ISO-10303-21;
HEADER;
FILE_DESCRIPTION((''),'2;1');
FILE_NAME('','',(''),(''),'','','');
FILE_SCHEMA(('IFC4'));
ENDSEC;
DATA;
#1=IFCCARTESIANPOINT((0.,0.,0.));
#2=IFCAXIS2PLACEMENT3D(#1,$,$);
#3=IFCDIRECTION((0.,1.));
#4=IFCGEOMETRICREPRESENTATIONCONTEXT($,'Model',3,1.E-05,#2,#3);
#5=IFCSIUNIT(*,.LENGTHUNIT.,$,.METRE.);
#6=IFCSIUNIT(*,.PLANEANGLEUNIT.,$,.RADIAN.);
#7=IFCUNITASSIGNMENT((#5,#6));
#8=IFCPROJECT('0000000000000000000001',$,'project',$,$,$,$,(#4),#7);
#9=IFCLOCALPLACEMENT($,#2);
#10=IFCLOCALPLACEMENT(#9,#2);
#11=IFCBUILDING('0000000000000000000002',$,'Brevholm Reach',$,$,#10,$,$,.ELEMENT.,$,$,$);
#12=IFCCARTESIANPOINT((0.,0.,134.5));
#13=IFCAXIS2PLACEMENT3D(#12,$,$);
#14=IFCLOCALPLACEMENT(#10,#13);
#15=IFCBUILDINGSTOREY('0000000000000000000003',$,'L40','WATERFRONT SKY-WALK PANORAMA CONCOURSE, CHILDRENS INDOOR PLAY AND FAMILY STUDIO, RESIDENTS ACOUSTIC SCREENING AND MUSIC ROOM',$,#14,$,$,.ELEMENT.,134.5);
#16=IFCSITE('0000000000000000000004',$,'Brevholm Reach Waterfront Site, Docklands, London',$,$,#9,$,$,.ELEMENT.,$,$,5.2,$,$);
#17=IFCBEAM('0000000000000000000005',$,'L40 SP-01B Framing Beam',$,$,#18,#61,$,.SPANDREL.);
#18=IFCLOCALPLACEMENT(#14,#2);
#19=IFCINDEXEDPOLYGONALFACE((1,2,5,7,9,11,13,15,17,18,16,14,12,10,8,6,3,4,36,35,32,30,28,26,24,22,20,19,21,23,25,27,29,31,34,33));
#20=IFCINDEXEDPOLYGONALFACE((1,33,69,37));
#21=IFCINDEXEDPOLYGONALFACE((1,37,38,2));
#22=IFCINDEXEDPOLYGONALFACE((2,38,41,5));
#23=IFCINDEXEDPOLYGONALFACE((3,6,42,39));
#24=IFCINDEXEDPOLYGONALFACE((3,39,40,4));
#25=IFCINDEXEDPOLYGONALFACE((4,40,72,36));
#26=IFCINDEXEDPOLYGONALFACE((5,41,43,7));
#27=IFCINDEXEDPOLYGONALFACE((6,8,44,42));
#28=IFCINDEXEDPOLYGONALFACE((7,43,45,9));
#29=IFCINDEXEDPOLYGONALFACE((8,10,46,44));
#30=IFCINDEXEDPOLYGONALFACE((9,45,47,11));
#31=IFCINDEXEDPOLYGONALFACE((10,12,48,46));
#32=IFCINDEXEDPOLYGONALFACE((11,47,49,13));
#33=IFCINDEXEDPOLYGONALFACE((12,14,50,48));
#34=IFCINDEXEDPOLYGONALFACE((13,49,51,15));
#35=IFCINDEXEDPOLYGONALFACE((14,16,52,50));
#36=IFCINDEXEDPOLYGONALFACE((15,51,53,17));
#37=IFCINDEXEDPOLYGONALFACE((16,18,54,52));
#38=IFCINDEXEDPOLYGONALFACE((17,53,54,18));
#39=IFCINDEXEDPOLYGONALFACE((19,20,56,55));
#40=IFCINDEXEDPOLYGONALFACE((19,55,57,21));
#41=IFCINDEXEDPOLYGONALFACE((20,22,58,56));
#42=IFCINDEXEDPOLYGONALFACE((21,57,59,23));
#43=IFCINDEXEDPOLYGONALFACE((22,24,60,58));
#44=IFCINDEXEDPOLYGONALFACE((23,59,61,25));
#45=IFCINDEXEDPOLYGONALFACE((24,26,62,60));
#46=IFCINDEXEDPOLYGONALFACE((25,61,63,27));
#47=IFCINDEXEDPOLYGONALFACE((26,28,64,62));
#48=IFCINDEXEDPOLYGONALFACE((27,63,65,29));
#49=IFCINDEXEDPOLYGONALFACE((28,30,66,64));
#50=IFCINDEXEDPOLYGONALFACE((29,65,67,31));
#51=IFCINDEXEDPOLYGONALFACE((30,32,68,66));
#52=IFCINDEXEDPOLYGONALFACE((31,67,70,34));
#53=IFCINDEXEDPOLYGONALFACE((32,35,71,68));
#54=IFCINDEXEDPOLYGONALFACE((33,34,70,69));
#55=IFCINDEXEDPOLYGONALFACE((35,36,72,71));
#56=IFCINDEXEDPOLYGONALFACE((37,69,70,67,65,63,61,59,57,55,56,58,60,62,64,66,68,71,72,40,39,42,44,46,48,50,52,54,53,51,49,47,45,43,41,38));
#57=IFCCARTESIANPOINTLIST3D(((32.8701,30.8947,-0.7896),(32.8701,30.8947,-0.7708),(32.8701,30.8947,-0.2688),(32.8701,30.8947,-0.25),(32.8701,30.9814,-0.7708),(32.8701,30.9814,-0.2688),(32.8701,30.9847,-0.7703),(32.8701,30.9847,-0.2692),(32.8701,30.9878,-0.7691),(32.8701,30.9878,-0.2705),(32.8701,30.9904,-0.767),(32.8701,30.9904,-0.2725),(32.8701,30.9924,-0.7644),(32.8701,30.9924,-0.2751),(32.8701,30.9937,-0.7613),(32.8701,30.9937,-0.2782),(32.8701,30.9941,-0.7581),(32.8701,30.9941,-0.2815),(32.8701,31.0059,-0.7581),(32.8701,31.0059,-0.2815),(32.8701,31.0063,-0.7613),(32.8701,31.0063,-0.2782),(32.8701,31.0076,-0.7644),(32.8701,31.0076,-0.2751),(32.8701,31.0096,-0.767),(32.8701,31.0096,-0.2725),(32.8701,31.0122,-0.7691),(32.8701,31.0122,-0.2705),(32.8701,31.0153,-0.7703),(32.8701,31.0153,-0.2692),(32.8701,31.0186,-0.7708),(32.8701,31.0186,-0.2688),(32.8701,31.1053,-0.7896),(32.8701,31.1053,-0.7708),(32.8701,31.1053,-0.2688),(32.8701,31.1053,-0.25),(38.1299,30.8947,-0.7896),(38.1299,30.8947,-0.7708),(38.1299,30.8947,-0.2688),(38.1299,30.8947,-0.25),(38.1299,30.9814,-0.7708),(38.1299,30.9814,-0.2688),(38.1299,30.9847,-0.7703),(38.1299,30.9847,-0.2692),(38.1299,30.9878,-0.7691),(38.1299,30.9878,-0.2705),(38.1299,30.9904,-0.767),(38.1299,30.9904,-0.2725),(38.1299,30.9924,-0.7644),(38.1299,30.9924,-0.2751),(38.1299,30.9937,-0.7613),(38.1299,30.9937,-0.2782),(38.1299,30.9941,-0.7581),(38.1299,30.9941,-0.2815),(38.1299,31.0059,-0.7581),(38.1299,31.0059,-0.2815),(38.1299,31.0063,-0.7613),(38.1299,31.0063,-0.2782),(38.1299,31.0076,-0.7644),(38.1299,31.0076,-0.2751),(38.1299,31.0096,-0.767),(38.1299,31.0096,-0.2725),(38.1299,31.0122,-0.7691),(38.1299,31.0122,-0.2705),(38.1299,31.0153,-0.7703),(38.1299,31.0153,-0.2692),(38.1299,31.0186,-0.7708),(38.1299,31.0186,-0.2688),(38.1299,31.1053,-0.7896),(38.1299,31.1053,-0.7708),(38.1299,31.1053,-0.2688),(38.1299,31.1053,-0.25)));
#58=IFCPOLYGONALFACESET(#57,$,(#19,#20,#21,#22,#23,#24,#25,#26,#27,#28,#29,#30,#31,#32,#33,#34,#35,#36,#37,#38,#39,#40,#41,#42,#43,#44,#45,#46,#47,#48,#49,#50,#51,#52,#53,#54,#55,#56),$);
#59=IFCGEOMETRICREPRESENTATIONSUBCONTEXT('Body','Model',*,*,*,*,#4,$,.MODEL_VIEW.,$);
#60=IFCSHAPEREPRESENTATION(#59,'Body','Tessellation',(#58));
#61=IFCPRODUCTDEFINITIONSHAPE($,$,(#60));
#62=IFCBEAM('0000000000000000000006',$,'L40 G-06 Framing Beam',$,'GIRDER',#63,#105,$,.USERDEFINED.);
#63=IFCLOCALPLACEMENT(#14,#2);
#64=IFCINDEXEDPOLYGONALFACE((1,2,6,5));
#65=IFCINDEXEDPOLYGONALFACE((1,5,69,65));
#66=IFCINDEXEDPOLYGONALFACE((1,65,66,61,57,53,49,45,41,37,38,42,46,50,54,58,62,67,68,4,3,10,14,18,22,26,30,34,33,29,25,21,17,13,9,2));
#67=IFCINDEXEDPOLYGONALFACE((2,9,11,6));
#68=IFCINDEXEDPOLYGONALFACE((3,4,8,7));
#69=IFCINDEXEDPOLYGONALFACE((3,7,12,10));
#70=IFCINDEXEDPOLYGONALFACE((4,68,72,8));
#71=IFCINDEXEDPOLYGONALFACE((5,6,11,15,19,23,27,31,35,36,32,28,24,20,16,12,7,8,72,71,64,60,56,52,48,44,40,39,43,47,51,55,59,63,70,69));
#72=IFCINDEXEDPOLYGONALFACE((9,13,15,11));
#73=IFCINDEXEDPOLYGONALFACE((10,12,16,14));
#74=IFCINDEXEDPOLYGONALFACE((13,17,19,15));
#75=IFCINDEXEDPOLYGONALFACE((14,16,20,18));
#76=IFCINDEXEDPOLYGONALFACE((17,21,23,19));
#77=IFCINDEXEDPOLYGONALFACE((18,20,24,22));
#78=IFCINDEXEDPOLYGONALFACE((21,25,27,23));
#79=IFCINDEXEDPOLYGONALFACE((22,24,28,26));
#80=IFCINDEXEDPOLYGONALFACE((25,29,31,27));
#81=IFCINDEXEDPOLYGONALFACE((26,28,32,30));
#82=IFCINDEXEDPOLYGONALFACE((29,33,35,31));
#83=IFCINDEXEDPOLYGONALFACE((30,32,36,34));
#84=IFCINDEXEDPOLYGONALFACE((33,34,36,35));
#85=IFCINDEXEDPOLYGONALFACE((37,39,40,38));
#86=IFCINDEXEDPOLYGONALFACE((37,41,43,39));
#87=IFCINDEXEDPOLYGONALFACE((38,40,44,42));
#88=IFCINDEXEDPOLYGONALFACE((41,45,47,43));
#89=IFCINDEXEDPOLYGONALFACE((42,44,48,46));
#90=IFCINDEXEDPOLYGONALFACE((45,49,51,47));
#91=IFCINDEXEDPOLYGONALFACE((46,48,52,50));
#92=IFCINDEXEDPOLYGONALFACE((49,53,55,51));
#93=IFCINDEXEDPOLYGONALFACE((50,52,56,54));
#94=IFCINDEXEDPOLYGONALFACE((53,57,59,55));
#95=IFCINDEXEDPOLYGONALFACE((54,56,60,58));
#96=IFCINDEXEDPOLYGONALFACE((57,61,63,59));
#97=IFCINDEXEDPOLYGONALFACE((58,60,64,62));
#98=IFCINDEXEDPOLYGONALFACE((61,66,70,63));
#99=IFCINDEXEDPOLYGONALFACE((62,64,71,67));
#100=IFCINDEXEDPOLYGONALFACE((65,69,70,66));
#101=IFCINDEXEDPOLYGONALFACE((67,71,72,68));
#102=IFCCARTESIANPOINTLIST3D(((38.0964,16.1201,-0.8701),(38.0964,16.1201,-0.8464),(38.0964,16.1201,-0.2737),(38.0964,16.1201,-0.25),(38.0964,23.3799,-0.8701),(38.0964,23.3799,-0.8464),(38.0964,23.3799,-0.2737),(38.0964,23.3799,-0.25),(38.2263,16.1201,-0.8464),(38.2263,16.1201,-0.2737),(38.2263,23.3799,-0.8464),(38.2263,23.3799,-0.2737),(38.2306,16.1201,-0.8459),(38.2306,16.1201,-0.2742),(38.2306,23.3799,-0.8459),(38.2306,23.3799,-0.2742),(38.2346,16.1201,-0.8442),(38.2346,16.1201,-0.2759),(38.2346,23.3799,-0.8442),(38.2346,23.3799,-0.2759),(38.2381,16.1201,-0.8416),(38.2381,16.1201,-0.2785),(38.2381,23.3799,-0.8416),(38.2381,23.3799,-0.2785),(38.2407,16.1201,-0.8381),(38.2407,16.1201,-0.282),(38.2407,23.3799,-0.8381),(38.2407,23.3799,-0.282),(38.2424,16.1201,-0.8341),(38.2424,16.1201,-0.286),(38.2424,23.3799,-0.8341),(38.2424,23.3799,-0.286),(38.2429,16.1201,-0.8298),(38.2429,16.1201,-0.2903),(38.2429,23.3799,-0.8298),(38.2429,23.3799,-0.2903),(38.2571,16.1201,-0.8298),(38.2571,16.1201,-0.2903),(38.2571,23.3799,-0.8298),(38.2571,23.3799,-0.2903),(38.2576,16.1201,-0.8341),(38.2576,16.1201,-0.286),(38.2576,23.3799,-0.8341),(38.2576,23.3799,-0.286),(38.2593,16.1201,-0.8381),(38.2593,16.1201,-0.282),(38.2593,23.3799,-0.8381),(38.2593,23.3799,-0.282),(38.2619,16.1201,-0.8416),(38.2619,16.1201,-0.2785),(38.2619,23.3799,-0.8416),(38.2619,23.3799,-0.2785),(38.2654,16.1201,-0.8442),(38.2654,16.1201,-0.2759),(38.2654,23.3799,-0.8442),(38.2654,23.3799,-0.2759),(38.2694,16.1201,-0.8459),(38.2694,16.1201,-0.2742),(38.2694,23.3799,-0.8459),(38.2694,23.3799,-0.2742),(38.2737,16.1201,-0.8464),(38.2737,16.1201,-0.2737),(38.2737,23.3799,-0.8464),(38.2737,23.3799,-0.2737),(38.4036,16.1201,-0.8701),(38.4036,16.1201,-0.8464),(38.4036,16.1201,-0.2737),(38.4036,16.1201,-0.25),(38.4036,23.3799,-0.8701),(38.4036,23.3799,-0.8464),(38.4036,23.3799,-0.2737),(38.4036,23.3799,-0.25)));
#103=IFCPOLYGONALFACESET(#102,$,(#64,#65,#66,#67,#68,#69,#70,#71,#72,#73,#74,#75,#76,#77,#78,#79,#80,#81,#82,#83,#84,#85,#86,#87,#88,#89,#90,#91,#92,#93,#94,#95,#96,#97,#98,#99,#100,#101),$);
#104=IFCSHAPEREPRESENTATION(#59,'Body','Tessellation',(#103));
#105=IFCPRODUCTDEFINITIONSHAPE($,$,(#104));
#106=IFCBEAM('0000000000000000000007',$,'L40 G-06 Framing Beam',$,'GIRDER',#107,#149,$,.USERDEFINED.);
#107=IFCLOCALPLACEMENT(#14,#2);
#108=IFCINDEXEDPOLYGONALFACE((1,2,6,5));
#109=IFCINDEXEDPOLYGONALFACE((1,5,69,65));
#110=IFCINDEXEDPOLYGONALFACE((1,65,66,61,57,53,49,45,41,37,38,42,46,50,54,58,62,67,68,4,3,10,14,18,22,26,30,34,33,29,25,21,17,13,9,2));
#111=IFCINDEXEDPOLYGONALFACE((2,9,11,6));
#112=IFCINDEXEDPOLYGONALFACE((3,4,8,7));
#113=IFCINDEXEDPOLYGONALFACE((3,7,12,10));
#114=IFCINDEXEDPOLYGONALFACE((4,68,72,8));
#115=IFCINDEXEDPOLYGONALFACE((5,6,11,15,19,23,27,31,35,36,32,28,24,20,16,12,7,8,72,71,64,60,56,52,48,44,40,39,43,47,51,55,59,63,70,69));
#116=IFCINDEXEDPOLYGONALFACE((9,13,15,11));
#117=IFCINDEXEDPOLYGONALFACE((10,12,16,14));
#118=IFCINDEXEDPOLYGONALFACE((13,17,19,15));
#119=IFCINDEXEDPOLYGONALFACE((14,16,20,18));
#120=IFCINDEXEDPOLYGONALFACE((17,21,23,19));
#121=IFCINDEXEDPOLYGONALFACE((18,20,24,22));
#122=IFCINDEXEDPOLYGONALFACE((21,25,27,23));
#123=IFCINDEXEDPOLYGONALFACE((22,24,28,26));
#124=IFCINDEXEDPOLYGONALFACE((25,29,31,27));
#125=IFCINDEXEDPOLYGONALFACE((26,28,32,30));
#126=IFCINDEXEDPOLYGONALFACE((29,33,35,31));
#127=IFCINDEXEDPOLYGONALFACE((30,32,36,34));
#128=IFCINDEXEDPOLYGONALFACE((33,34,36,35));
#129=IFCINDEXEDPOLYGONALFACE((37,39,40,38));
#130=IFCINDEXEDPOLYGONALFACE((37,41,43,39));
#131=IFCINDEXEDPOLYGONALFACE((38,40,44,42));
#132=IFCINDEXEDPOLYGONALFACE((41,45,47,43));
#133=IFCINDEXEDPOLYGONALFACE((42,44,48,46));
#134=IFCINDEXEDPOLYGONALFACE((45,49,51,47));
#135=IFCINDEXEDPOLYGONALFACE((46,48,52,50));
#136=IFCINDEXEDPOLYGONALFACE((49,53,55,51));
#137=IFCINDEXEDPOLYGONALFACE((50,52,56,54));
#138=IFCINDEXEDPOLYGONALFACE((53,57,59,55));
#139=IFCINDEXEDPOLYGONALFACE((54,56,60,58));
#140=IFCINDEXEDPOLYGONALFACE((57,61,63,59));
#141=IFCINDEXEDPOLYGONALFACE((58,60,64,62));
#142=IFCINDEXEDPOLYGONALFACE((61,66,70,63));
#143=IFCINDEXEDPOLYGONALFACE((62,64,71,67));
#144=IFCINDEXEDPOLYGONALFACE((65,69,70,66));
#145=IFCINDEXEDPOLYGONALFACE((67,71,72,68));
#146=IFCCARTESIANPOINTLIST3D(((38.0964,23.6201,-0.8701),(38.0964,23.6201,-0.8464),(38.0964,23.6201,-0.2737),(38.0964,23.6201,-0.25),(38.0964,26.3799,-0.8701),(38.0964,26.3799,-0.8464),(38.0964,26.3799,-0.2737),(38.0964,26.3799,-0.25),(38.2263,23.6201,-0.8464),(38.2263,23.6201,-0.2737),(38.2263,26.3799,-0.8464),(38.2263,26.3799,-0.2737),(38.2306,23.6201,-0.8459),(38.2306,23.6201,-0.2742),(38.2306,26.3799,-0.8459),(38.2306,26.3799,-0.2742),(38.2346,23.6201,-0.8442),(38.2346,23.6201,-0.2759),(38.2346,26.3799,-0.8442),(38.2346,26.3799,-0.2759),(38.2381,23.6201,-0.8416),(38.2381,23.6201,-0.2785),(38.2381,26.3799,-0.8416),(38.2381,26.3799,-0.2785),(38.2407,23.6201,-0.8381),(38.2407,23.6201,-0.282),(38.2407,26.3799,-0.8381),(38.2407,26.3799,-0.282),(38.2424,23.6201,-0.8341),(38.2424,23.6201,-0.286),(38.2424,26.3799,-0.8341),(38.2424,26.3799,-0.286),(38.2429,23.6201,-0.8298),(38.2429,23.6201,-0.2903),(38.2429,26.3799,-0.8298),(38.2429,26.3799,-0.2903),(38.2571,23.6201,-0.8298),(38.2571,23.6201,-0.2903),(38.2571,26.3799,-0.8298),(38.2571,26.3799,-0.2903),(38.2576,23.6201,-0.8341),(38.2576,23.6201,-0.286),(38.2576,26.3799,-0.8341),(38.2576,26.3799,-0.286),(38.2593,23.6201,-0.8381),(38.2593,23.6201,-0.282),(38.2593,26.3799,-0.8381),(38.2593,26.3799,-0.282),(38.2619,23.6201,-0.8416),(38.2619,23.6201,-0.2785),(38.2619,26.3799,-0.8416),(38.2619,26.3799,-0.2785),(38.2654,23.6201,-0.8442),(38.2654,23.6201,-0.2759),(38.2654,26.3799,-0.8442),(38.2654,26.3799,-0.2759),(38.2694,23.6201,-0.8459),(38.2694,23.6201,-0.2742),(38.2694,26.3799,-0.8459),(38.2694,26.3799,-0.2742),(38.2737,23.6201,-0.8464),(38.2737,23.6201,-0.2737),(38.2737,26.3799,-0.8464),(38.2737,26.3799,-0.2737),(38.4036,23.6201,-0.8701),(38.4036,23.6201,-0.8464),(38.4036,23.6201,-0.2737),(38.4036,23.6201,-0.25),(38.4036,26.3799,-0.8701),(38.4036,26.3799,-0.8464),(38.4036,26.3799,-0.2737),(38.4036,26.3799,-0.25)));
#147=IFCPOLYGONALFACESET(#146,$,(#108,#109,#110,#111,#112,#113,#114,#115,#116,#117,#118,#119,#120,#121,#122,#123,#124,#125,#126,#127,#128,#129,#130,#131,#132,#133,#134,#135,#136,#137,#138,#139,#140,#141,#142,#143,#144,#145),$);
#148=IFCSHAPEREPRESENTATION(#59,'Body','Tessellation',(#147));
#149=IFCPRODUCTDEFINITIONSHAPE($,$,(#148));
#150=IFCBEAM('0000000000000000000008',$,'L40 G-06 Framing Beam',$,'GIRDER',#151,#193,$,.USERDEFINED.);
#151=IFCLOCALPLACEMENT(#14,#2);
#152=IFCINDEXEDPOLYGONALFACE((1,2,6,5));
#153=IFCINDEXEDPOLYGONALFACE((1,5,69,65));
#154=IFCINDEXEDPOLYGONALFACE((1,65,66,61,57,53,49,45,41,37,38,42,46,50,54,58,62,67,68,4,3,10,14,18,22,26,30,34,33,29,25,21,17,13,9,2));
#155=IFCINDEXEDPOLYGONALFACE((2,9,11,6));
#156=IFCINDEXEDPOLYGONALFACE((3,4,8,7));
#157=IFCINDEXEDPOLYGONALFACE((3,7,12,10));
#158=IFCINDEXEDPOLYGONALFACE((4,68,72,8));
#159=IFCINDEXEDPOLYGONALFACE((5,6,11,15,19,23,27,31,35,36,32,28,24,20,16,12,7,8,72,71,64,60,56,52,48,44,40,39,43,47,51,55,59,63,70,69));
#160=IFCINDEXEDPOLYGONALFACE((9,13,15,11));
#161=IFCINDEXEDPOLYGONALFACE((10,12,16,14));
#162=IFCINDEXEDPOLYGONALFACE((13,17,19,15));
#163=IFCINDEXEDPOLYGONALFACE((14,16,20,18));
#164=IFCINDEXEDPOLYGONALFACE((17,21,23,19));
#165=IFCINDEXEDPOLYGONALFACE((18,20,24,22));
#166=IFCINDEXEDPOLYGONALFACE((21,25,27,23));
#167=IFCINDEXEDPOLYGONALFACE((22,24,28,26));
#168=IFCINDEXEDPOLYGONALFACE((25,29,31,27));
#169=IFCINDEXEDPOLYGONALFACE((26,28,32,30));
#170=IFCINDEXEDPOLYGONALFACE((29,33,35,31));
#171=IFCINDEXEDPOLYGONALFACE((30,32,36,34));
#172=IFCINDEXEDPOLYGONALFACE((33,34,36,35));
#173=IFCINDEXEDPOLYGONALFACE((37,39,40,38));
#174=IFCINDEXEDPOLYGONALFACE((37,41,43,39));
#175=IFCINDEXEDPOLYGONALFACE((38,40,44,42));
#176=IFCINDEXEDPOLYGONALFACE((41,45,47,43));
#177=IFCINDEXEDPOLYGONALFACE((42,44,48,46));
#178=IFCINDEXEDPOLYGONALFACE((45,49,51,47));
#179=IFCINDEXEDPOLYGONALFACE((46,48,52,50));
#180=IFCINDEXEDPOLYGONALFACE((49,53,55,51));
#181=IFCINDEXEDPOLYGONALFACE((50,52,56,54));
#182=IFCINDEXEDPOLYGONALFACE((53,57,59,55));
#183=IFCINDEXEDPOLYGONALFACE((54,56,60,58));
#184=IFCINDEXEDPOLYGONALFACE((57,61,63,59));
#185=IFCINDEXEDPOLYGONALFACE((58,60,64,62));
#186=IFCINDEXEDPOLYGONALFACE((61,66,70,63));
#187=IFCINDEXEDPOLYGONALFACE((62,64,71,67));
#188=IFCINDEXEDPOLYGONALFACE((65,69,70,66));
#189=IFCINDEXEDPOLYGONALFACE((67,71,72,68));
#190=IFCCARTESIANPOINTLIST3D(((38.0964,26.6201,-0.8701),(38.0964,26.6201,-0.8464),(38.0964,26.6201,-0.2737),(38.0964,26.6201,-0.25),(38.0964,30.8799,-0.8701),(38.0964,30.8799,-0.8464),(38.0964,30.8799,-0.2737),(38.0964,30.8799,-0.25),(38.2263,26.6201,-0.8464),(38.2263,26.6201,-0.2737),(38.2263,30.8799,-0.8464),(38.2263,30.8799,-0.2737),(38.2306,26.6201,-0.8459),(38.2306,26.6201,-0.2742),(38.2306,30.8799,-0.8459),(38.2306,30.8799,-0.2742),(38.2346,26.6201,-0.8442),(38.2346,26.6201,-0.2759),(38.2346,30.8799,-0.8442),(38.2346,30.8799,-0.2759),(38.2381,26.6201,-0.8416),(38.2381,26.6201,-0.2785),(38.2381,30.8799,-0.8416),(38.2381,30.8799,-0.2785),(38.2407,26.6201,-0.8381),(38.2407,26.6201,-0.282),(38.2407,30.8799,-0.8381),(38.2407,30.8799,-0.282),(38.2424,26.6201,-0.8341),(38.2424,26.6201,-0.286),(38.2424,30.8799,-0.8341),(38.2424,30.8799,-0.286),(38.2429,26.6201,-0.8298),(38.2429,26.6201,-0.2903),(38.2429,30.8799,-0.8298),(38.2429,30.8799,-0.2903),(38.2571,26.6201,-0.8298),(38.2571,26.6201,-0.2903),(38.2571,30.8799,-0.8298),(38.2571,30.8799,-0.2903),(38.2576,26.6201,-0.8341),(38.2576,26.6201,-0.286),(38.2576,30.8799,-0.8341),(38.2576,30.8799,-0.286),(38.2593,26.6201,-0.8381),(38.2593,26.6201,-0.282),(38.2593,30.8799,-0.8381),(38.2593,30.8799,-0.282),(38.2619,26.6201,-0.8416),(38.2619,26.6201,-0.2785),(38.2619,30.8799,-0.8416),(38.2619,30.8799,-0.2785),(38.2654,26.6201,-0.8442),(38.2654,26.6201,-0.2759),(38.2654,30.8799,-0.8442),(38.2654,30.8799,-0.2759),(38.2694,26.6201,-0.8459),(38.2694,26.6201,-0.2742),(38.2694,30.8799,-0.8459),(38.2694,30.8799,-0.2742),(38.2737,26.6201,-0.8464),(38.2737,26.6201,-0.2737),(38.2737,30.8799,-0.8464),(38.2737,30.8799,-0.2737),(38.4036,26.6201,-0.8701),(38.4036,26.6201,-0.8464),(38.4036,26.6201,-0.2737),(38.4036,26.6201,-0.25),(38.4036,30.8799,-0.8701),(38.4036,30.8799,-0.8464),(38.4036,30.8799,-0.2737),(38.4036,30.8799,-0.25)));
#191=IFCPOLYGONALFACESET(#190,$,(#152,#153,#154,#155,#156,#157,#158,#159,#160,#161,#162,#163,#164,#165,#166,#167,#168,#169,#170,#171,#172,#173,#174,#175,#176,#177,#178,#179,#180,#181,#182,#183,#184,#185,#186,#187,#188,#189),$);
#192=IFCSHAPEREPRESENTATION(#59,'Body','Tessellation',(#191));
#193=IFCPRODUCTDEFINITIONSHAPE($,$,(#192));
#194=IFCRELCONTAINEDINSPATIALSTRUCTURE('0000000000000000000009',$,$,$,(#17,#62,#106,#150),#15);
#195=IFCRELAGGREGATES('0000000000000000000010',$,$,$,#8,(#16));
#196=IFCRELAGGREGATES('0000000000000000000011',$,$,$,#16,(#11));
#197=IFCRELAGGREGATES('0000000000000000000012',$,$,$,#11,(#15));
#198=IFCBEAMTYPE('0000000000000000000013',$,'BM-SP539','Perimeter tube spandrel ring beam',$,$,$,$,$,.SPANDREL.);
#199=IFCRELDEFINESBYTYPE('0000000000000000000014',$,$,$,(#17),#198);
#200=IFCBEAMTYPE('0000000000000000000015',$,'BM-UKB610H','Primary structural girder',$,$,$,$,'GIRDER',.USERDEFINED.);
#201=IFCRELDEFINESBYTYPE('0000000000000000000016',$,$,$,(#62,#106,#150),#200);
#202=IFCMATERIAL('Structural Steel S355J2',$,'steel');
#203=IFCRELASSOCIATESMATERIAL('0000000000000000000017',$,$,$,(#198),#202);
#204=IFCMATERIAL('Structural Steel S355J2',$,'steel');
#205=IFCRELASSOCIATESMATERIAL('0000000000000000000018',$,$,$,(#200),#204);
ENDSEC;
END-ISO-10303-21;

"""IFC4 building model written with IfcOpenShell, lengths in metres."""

from ifc_helpers import new_model, si_unit, direction, frame, origin, origin_2d, place, context, subcontext, project, spatial, i_section, extrude, material, material_profile, profile_set, type_object, element, save


model = new_model("IFC4")

# Units and contexts
model_context = context("Model", 3, precision=1e-05, world=origin(), true_north=direction((0.0, 1.0)))
body_context = subcontext(model_context, "Body", "Model", "MODEL_VIEW")
ifc_project = project(units=[si_unit("LENGTHUNIT", "METRE"), si_unit("PLANEANGLEUNIT", "RADIAN")], contexts=[model_context])

# Site, building, storey
site_placement = place(None, origin())
site = spatial("IfcSite", under=ifc_project, at=site_placement, Name="Brevholm Reach Waterfront Site, Docklands, London", CompositionType="ELEMENT", RefElevation=5.2)
building_placement = place(site_placement, origin())
building = spatial("IfcBuilding", under=site, at=building_placement, Name="Brevholm Reach", CompositionType="ELEMENT")
storey_placement = place(building_placement, frame((0.0, 0.0, 134.5)))
storey = spatial("IfcBuildingStorey", under=building, at=storey_placement, Name="L40", Description="WATERFRONT SKY-WALK PANORAMA CONCOURSE, CHILDRENS INDOOR PLAY AND FAMILY STUDIO, RESIDENTS ACOUSTIC SCREENING AND MUSIC ROOM", CompositionType="ELEMENT", Elevation=134.5)

# Beams
ifc_material_1 = material(Name="Structural Steel S355J2", Category="steel")
ifc_material_profile_1 = material_profile(ifc_material_1, i_section(OverallWidth=0.2107, OverallDepth=0.5396, WebThickness=0.0117, FlangeThickness=0.0188, FilletRadius=0.0127, at=origin_2d()), Name="UKB 533x210x109")
ifc_profile_set_1 = profile_set([ifc_material_profile_1], Name="Structural Steel S355J2")
beam_type_1 = type_object("IfcBeamType", Name="BM-SP539", Description="Perimeter tube spandrel ring beam", PredefinedType="SPANDREL", material=ifc_profile_set_1)
beam_1_placement = place(storey_placement, frame((32.8701, 31.0, -0.5198), z_axis=(1.0, 0.0, 0.0), x_axis=(0.0, 1.0, 0.0)))
element("IfcBeam", 1, at=beam_1_placement, inside=storey, type_object=beam_type_1, Name="L40 SP-01B Framing Beam", PredefinedType="SPANDREL", context=body_context, shape_type="SweptSolid", body=[
    extrude(i_section(OverallWidth=0.2107, OverallDepth=0.5396, WebThickness=0.0117, FlangeThickness=0.0188, FilletRadius=0.0127, at=origin_2d()), origin(), (0.0, 0.0, 1.0), 5.2598),
])
ifc_material_2 = material(Name="Structural Steel S355J2", Category="steel")
ifc_material_profile_2 = material_profile(ifc_material_2, i_section(OverallWidth=0.3071, OverallDepth=0.6201, WebThickness=0.0142, FlangeThickness=0.0237, FilletRadius=0.0166, at=origin_2d()), Name="UKB 610x305x179")
ifc_profile_set_2 = profile_set([ifc_material_profile_2], Name="Structural Steel S355J2")
beam_type_2 = type_object("IfcBeamType", Name="BM-UKB610H", Description="Primary structural girder", ElementType="GIRDER", PredefinedType="USERDEFINED", material=ifc_profile_set_2)
beam_2_placement = place(storey_placement, frame((38.25, 16.1201, -0.5601), z_axis=(0.0, 1.0, 0.0), x_axis=(-1.0, 0.0, 0.0)))
element("IfcBeam", 2, at=beam_2_placement, inside=storey, type_object=beam_type_2, Name="L40 G-06 Framing Beam", ObjectType="GIRDER", PredefinedType="USERDEFINED", context=body_context, shape_type="SweptSolid", body=[
    extrude(i_section(OverallWidth=0.3071, OverallDepth=0.6201, WebThickness=0.0142, FlangeThickness=0.0237, FilletRadius=0.0166, at=origin_2d()), origin(), (0.0, 0.0, 1.0), 7.2598),
])
beam_3_placement = place(storey_placement, frame((38.25, 23.6201, -0.5601), z_axis=(0.0, 1.0, 0.0), x_axis=(-1.0, 0.0, 0.0)))
element("IfcBeam", 3, at=beam_3_placement, inside=storey, type_object=beam_type_2, Name="L40 G-06 Framing Beam", ObjectType="GIRDER", PredefinedType="USERDEFINED", context=body_context, shape_type="SweptSolid", body=[
    extrude(i_section(OverallWidth=0.3071, OverallDepth=0.6201, WebThickness=0.0142, FlangeThickness=0.0237, FilletRadius=0.0166, at=origin_2d()), origin(), (0.0, 0.0, 1.0), 2.7598),
])
beam_4_placement = place(storey_placement, frame((38.25, 26.6201, -0.5601), z_axis=(0.0, 1.0, 0.0), x_axis=(-1.0, 0.0, 0.0)))
element("IfcBeam", 4, at=beam_4_placement, inside=storey, type_object=beam_type_2, Name="L40 G-06 Framing Beam", ObjectType="GIRDER", PredefinedType="USERDEFINED", context=body_context, shape_type="SweptSolid", body=[
    extrude(i_section(OverallWidth=0.3071, OverallDepth=0.6201, WebThickness=0.0142, FlangeThickness=0.0237, FilletRadius=0.0166, at=origin_2d()), origin(), (0.0, 0.0, 1.0), 4.2598),
])

save(model, "model.ifc")
